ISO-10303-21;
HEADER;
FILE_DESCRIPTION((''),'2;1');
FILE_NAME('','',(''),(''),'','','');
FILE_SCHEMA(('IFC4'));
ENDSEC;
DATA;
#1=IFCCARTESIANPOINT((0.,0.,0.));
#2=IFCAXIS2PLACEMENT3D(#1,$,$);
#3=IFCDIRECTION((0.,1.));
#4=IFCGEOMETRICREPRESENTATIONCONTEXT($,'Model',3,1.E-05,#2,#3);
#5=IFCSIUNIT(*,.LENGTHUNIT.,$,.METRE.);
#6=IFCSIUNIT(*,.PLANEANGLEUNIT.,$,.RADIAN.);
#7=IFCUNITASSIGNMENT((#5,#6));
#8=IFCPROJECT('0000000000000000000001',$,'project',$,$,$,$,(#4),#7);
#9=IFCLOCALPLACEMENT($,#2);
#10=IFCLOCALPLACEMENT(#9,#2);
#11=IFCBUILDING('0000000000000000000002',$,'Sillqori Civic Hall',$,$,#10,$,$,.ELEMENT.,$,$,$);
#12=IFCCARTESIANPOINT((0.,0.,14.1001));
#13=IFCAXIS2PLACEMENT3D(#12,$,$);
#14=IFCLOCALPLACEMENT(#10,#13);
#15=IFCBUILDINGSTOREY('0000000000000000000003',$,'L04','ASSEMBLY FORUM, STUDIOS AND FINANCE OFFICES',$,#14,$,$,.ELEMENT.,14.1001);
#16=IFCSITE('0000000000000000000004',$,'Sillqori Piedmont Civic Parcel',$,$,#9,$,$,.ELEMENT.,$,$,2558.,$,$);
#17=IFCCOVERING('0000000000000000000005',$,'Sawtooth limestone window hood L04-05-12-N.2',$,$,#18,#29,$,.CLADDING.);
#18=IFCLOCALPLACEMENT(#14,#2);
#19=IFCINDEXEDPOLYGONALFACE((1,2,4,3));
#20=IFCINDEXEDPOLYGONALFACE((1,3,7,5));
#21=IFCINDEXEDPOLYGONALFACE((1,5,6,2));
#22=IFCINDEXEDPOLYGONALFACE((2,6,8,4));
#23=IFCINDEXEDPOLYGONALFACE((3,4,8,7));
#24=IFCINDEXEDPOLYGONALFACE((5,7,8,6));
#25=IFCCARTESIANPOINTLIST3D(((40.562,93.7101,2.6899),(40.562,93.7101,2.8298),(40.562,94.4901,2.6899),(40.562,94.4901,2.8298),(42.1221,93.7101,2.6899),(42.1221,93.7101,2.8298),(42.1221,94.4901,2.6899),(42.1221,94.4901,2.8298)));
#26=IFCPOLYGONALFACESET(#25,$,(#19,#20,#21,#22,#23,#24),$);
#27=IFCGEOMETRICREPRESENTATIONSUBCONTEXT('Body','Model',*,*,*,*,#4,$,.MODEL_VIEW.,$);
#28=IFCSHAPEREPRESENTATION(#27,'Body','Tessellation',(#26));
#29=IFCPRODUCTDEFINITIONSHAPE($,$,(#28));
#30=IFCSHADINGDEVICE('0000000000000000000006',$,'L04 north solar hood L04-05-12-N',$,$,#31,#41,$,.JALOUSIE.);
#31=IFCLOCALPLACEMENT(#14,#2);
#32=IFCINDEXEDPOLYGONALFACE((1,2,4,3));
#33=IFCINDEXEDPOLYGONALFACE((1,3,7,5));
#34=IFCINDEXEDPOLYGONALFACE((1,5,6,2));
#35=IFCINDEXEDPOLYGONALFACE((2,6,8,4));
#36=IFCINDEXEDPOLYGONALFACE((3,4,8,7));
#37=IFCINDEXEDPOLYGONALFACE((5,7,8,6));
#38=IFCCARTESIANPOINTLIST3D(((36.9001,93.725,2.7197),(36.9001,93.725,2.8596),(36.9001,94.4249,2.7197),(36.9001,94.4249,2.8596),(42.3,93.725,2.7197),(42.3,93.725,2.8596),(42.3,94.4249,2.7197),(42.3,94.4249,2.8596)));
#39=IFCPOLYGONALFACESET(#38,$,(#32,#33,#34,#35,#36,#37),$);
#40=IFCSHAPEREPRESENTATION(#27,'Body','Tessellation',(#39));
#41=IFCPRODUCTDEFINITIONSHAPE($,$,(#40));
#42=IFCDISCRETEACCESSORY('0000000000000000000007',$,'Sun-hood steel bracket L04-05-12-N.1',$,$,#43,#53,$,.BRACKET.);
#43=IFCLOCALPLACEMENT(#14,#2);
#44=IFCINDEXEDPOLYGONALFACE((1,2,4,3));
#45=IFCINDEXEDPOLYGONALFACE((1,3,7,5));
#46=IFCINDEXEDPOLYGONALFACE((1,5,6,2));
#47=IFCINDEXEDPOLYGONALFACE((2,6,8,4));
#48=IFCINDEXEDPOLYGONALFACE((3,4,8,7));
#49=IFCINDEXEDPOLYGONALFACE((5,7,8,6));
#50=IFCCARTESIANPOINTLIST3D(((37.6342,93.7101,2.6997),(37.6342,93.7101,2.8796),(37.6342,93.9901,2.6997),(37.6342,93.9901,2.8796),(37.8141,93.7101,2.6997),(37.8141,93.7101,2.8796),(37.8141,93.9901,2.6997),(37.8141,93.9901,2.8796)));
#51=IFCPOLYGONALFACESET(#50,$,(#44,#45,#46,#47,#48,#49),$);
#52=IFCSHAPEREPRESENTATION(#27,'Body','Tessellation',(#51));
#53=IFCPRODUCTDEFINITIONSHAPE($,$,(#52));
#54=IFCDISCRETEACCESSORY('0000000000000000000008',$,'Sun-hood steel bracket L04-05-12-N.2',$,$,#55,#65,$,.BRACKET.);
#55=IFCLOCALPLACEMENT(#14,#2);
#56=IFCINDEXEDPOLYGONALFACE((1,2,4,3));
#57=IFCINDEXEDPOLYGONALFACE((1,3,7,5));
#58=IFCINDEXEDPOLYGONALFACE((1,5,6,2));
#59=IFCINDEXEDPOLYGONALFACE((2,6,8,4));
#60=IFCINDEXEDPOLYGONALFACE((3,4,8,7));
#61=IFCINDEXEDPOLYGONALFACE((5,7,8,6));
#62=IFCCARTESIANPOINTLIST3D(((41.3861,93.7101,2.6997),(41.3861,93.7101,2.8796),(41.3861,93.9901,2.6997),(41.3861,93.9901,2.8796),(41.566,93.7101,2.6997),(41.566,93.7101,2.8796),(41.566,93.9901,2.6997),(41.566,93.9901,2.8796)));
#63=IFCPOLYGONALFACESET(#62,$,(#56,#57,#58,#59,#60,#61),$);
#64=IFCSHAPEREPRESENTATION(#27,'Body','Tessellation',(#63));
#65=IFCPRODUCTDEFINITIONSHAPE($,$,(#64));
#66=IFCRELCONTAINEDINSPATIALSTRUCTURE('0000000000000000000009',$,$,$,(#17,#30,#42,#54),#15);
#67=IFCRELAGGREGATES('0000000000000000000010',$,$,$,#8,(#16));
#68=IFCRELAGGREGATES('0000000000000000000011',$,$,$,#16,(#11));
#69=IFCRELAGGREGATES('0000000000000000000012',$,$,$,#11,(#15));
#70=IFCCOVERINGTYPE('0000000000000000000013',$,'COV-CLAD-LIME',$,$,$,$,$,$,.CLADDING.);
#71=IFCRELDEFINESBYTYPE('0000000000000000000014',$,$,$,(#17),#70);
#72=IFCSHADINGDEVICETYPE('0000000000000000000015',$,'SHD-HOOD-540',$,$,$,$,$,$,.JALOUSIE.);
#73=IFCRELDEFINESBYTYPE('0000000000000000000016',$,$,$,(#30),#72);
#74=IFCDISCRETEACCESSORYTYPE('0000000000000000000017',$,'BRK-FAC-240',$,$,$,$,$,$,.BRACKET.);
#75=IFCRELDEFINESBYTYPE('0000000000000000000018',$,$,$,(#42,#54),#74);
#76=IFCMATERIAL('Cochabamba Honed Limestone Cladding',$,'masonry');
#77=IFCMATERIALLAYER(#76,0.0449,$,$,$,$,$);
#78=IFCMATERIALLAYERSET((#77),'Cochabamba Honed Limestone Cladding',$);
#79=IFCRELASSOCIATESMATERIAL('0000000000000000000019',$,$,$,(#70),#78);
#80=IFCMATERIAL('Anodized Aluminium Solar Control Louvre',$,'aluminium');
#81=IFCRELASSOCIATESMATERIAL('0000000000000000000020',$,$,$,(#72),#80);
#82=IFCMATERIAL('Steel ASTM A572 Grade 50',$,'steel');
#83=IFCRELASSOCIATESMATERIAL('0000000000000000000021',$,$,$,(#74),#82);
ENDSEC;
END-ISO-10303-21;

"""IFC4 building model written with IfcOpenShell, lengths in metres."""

from ifc_helpers import new_model, si_unit, direction, frame, frame_2d, origin, origin_2d, place, context, subcontext, project, spatial, rectangle, extrude, material, layer, layer_set, type_object, element, save


model = new_model("IFC4")

# Units and contexts
model_context = context("Model", 3, precision=1e-05, world=origin(), true_north=direction((0.0, 1.0)))
body_context = subcontext(model_context, "Body", "Model", "MODEL_VIEW")
ifc_project = project(units=[si_unit("LENGTHUNIT", "METRE"), si_unit("PLANEANGLEUNIT", "RADIAN")], contexts=[model_context])

# Site, building, storey
site_placement = place(None, origin())
site = spatial("IfcSite", under=ifc_project, at=site_placement, Name="Sillqori Piedmont Civic Parcel", CompositionType="ELEMENT", RefElevation=2558.0)
building_placement = place(site_placement, origin())
building = spatial("IfcBuilding", under=site, at=building_placement, Name="Sillqori Civic Hall", CompositionType="ELEMENT")
storey_placement = place(building_placement, frame((0.0, 0.0, 14.1001)))
storey = spatial("IfcBuildingStorey", under=building, at=storey_placement, Name="L04", Description="ASSEMBLY FORUM, STUDIOS AND FINANCE OFFICES", CompositionType="ELEMENT", Elevation=14.1001)

# Covering
ifc_material_1 = material(Name="Cochabamba Honed Limestone Cladding", Category="masonry")
ifc_layer_1 = layer(ifc_material_1, 0.0449)
ifc_layer_set_1 = layer_set([ifc_layer_1], Name="Cochabamba Honed Limestone Cladding")
covering_type = type_object("IfcCoveringType", Name="COV-CLAD-LIME", PredefinedType="CLADDING", material=ifc_layer_set_1)
covering_1_placement = place(storey_placement, frame((40.562, 94.1001, 2.6899), z_axis=(0.0, 0.0, 1.0), x_axis=(1.0, 0.0, 0.0)))
element("IfcCovering", 1, at=covering_1_placement, inside=storey, type_object=covering_type, Name="Sawtooth limestone window hood L04-05-12-N.2", PredefinedType="CLADDING", context=body_context, shape_type="SweptSolid", body=[
    extrude(rectangle(XDim=1.5601, YDim=0.78, at=frame_2d((0.78, 0.0))), origin(), (0.0, 0.0, 1.0), 0.1399),
])

# Shading device
ifc_material_2 = material(Name="Anodized Aluminium Solar Control Louvre", Category="aluminium")
shading_device_type = type_object("IfcShadingDeviceType", Name="SHD-HOOD-540", PredefinedType="JALOUSIE", material=ifc_material_2)
shading_device_placement = place(storey_placement, frame((39.6001, 94.075, 2.7197), z_axis=(0.0, 0.0, 1.0), x_axis=(1.0, 0.0, 0.0)))
element("IfcShadingDevice", 2, at=shading_device_placement, inside=storey, type_object=shading_device_type, Name="L04 north solar hood L04-05-12-N", PredefinedType="JALOUSIE", context=body_context, shape_type="SweptSolid", body=[
    extrude(rectangle(XDim=5.3999, YDim=0.7, at=origin_2d()), origin(), (0.0, 0.0, 1.0), 0.1399),
])

# Discrete accessories
ifc_material_3 = material(Name="Steel ASTM A572 Grade 50", Category="steel")
discrete_accessory_type = type_object("IfcDiscreteAccessoryType", Name="BRK-FAC-240", PredefinedType="BRACKET", material=ifc_material_3)
for number, where, z_axis, x_axis, name in (
    (3, (37.7241, 93.8501, 2.6997), (0.0, 0.0, 1.0), (1.0, 0.0, 0.0), "Sun-hood steel bracket L04-05-12-N.1"),
    (4, (41.4761, 93.8501, 2.6997), (0.0, 0.0, 1.0), (1.0, 0.0, 0.0), "Sun-hood steel bracket L04-05-12-N.2"),
):
    element("IfcDiscreteAccessory", number, at=place(storey_placement, frame(where, z_axis=z_axis, x_axis=x_axis)), inside=storey, type_object=discrete_accessory_type, Name=name, PredefinedType="BRACKET", context=body_context, shape_type="SweptSolid", body=[
        extrude(rectangle(XDim=0.1799, YDim=0.28, at=origin_2d()), origin(), (0.0, 0.0, 1.0), 0.1799),
    ])

save(model, "model.ifc")
